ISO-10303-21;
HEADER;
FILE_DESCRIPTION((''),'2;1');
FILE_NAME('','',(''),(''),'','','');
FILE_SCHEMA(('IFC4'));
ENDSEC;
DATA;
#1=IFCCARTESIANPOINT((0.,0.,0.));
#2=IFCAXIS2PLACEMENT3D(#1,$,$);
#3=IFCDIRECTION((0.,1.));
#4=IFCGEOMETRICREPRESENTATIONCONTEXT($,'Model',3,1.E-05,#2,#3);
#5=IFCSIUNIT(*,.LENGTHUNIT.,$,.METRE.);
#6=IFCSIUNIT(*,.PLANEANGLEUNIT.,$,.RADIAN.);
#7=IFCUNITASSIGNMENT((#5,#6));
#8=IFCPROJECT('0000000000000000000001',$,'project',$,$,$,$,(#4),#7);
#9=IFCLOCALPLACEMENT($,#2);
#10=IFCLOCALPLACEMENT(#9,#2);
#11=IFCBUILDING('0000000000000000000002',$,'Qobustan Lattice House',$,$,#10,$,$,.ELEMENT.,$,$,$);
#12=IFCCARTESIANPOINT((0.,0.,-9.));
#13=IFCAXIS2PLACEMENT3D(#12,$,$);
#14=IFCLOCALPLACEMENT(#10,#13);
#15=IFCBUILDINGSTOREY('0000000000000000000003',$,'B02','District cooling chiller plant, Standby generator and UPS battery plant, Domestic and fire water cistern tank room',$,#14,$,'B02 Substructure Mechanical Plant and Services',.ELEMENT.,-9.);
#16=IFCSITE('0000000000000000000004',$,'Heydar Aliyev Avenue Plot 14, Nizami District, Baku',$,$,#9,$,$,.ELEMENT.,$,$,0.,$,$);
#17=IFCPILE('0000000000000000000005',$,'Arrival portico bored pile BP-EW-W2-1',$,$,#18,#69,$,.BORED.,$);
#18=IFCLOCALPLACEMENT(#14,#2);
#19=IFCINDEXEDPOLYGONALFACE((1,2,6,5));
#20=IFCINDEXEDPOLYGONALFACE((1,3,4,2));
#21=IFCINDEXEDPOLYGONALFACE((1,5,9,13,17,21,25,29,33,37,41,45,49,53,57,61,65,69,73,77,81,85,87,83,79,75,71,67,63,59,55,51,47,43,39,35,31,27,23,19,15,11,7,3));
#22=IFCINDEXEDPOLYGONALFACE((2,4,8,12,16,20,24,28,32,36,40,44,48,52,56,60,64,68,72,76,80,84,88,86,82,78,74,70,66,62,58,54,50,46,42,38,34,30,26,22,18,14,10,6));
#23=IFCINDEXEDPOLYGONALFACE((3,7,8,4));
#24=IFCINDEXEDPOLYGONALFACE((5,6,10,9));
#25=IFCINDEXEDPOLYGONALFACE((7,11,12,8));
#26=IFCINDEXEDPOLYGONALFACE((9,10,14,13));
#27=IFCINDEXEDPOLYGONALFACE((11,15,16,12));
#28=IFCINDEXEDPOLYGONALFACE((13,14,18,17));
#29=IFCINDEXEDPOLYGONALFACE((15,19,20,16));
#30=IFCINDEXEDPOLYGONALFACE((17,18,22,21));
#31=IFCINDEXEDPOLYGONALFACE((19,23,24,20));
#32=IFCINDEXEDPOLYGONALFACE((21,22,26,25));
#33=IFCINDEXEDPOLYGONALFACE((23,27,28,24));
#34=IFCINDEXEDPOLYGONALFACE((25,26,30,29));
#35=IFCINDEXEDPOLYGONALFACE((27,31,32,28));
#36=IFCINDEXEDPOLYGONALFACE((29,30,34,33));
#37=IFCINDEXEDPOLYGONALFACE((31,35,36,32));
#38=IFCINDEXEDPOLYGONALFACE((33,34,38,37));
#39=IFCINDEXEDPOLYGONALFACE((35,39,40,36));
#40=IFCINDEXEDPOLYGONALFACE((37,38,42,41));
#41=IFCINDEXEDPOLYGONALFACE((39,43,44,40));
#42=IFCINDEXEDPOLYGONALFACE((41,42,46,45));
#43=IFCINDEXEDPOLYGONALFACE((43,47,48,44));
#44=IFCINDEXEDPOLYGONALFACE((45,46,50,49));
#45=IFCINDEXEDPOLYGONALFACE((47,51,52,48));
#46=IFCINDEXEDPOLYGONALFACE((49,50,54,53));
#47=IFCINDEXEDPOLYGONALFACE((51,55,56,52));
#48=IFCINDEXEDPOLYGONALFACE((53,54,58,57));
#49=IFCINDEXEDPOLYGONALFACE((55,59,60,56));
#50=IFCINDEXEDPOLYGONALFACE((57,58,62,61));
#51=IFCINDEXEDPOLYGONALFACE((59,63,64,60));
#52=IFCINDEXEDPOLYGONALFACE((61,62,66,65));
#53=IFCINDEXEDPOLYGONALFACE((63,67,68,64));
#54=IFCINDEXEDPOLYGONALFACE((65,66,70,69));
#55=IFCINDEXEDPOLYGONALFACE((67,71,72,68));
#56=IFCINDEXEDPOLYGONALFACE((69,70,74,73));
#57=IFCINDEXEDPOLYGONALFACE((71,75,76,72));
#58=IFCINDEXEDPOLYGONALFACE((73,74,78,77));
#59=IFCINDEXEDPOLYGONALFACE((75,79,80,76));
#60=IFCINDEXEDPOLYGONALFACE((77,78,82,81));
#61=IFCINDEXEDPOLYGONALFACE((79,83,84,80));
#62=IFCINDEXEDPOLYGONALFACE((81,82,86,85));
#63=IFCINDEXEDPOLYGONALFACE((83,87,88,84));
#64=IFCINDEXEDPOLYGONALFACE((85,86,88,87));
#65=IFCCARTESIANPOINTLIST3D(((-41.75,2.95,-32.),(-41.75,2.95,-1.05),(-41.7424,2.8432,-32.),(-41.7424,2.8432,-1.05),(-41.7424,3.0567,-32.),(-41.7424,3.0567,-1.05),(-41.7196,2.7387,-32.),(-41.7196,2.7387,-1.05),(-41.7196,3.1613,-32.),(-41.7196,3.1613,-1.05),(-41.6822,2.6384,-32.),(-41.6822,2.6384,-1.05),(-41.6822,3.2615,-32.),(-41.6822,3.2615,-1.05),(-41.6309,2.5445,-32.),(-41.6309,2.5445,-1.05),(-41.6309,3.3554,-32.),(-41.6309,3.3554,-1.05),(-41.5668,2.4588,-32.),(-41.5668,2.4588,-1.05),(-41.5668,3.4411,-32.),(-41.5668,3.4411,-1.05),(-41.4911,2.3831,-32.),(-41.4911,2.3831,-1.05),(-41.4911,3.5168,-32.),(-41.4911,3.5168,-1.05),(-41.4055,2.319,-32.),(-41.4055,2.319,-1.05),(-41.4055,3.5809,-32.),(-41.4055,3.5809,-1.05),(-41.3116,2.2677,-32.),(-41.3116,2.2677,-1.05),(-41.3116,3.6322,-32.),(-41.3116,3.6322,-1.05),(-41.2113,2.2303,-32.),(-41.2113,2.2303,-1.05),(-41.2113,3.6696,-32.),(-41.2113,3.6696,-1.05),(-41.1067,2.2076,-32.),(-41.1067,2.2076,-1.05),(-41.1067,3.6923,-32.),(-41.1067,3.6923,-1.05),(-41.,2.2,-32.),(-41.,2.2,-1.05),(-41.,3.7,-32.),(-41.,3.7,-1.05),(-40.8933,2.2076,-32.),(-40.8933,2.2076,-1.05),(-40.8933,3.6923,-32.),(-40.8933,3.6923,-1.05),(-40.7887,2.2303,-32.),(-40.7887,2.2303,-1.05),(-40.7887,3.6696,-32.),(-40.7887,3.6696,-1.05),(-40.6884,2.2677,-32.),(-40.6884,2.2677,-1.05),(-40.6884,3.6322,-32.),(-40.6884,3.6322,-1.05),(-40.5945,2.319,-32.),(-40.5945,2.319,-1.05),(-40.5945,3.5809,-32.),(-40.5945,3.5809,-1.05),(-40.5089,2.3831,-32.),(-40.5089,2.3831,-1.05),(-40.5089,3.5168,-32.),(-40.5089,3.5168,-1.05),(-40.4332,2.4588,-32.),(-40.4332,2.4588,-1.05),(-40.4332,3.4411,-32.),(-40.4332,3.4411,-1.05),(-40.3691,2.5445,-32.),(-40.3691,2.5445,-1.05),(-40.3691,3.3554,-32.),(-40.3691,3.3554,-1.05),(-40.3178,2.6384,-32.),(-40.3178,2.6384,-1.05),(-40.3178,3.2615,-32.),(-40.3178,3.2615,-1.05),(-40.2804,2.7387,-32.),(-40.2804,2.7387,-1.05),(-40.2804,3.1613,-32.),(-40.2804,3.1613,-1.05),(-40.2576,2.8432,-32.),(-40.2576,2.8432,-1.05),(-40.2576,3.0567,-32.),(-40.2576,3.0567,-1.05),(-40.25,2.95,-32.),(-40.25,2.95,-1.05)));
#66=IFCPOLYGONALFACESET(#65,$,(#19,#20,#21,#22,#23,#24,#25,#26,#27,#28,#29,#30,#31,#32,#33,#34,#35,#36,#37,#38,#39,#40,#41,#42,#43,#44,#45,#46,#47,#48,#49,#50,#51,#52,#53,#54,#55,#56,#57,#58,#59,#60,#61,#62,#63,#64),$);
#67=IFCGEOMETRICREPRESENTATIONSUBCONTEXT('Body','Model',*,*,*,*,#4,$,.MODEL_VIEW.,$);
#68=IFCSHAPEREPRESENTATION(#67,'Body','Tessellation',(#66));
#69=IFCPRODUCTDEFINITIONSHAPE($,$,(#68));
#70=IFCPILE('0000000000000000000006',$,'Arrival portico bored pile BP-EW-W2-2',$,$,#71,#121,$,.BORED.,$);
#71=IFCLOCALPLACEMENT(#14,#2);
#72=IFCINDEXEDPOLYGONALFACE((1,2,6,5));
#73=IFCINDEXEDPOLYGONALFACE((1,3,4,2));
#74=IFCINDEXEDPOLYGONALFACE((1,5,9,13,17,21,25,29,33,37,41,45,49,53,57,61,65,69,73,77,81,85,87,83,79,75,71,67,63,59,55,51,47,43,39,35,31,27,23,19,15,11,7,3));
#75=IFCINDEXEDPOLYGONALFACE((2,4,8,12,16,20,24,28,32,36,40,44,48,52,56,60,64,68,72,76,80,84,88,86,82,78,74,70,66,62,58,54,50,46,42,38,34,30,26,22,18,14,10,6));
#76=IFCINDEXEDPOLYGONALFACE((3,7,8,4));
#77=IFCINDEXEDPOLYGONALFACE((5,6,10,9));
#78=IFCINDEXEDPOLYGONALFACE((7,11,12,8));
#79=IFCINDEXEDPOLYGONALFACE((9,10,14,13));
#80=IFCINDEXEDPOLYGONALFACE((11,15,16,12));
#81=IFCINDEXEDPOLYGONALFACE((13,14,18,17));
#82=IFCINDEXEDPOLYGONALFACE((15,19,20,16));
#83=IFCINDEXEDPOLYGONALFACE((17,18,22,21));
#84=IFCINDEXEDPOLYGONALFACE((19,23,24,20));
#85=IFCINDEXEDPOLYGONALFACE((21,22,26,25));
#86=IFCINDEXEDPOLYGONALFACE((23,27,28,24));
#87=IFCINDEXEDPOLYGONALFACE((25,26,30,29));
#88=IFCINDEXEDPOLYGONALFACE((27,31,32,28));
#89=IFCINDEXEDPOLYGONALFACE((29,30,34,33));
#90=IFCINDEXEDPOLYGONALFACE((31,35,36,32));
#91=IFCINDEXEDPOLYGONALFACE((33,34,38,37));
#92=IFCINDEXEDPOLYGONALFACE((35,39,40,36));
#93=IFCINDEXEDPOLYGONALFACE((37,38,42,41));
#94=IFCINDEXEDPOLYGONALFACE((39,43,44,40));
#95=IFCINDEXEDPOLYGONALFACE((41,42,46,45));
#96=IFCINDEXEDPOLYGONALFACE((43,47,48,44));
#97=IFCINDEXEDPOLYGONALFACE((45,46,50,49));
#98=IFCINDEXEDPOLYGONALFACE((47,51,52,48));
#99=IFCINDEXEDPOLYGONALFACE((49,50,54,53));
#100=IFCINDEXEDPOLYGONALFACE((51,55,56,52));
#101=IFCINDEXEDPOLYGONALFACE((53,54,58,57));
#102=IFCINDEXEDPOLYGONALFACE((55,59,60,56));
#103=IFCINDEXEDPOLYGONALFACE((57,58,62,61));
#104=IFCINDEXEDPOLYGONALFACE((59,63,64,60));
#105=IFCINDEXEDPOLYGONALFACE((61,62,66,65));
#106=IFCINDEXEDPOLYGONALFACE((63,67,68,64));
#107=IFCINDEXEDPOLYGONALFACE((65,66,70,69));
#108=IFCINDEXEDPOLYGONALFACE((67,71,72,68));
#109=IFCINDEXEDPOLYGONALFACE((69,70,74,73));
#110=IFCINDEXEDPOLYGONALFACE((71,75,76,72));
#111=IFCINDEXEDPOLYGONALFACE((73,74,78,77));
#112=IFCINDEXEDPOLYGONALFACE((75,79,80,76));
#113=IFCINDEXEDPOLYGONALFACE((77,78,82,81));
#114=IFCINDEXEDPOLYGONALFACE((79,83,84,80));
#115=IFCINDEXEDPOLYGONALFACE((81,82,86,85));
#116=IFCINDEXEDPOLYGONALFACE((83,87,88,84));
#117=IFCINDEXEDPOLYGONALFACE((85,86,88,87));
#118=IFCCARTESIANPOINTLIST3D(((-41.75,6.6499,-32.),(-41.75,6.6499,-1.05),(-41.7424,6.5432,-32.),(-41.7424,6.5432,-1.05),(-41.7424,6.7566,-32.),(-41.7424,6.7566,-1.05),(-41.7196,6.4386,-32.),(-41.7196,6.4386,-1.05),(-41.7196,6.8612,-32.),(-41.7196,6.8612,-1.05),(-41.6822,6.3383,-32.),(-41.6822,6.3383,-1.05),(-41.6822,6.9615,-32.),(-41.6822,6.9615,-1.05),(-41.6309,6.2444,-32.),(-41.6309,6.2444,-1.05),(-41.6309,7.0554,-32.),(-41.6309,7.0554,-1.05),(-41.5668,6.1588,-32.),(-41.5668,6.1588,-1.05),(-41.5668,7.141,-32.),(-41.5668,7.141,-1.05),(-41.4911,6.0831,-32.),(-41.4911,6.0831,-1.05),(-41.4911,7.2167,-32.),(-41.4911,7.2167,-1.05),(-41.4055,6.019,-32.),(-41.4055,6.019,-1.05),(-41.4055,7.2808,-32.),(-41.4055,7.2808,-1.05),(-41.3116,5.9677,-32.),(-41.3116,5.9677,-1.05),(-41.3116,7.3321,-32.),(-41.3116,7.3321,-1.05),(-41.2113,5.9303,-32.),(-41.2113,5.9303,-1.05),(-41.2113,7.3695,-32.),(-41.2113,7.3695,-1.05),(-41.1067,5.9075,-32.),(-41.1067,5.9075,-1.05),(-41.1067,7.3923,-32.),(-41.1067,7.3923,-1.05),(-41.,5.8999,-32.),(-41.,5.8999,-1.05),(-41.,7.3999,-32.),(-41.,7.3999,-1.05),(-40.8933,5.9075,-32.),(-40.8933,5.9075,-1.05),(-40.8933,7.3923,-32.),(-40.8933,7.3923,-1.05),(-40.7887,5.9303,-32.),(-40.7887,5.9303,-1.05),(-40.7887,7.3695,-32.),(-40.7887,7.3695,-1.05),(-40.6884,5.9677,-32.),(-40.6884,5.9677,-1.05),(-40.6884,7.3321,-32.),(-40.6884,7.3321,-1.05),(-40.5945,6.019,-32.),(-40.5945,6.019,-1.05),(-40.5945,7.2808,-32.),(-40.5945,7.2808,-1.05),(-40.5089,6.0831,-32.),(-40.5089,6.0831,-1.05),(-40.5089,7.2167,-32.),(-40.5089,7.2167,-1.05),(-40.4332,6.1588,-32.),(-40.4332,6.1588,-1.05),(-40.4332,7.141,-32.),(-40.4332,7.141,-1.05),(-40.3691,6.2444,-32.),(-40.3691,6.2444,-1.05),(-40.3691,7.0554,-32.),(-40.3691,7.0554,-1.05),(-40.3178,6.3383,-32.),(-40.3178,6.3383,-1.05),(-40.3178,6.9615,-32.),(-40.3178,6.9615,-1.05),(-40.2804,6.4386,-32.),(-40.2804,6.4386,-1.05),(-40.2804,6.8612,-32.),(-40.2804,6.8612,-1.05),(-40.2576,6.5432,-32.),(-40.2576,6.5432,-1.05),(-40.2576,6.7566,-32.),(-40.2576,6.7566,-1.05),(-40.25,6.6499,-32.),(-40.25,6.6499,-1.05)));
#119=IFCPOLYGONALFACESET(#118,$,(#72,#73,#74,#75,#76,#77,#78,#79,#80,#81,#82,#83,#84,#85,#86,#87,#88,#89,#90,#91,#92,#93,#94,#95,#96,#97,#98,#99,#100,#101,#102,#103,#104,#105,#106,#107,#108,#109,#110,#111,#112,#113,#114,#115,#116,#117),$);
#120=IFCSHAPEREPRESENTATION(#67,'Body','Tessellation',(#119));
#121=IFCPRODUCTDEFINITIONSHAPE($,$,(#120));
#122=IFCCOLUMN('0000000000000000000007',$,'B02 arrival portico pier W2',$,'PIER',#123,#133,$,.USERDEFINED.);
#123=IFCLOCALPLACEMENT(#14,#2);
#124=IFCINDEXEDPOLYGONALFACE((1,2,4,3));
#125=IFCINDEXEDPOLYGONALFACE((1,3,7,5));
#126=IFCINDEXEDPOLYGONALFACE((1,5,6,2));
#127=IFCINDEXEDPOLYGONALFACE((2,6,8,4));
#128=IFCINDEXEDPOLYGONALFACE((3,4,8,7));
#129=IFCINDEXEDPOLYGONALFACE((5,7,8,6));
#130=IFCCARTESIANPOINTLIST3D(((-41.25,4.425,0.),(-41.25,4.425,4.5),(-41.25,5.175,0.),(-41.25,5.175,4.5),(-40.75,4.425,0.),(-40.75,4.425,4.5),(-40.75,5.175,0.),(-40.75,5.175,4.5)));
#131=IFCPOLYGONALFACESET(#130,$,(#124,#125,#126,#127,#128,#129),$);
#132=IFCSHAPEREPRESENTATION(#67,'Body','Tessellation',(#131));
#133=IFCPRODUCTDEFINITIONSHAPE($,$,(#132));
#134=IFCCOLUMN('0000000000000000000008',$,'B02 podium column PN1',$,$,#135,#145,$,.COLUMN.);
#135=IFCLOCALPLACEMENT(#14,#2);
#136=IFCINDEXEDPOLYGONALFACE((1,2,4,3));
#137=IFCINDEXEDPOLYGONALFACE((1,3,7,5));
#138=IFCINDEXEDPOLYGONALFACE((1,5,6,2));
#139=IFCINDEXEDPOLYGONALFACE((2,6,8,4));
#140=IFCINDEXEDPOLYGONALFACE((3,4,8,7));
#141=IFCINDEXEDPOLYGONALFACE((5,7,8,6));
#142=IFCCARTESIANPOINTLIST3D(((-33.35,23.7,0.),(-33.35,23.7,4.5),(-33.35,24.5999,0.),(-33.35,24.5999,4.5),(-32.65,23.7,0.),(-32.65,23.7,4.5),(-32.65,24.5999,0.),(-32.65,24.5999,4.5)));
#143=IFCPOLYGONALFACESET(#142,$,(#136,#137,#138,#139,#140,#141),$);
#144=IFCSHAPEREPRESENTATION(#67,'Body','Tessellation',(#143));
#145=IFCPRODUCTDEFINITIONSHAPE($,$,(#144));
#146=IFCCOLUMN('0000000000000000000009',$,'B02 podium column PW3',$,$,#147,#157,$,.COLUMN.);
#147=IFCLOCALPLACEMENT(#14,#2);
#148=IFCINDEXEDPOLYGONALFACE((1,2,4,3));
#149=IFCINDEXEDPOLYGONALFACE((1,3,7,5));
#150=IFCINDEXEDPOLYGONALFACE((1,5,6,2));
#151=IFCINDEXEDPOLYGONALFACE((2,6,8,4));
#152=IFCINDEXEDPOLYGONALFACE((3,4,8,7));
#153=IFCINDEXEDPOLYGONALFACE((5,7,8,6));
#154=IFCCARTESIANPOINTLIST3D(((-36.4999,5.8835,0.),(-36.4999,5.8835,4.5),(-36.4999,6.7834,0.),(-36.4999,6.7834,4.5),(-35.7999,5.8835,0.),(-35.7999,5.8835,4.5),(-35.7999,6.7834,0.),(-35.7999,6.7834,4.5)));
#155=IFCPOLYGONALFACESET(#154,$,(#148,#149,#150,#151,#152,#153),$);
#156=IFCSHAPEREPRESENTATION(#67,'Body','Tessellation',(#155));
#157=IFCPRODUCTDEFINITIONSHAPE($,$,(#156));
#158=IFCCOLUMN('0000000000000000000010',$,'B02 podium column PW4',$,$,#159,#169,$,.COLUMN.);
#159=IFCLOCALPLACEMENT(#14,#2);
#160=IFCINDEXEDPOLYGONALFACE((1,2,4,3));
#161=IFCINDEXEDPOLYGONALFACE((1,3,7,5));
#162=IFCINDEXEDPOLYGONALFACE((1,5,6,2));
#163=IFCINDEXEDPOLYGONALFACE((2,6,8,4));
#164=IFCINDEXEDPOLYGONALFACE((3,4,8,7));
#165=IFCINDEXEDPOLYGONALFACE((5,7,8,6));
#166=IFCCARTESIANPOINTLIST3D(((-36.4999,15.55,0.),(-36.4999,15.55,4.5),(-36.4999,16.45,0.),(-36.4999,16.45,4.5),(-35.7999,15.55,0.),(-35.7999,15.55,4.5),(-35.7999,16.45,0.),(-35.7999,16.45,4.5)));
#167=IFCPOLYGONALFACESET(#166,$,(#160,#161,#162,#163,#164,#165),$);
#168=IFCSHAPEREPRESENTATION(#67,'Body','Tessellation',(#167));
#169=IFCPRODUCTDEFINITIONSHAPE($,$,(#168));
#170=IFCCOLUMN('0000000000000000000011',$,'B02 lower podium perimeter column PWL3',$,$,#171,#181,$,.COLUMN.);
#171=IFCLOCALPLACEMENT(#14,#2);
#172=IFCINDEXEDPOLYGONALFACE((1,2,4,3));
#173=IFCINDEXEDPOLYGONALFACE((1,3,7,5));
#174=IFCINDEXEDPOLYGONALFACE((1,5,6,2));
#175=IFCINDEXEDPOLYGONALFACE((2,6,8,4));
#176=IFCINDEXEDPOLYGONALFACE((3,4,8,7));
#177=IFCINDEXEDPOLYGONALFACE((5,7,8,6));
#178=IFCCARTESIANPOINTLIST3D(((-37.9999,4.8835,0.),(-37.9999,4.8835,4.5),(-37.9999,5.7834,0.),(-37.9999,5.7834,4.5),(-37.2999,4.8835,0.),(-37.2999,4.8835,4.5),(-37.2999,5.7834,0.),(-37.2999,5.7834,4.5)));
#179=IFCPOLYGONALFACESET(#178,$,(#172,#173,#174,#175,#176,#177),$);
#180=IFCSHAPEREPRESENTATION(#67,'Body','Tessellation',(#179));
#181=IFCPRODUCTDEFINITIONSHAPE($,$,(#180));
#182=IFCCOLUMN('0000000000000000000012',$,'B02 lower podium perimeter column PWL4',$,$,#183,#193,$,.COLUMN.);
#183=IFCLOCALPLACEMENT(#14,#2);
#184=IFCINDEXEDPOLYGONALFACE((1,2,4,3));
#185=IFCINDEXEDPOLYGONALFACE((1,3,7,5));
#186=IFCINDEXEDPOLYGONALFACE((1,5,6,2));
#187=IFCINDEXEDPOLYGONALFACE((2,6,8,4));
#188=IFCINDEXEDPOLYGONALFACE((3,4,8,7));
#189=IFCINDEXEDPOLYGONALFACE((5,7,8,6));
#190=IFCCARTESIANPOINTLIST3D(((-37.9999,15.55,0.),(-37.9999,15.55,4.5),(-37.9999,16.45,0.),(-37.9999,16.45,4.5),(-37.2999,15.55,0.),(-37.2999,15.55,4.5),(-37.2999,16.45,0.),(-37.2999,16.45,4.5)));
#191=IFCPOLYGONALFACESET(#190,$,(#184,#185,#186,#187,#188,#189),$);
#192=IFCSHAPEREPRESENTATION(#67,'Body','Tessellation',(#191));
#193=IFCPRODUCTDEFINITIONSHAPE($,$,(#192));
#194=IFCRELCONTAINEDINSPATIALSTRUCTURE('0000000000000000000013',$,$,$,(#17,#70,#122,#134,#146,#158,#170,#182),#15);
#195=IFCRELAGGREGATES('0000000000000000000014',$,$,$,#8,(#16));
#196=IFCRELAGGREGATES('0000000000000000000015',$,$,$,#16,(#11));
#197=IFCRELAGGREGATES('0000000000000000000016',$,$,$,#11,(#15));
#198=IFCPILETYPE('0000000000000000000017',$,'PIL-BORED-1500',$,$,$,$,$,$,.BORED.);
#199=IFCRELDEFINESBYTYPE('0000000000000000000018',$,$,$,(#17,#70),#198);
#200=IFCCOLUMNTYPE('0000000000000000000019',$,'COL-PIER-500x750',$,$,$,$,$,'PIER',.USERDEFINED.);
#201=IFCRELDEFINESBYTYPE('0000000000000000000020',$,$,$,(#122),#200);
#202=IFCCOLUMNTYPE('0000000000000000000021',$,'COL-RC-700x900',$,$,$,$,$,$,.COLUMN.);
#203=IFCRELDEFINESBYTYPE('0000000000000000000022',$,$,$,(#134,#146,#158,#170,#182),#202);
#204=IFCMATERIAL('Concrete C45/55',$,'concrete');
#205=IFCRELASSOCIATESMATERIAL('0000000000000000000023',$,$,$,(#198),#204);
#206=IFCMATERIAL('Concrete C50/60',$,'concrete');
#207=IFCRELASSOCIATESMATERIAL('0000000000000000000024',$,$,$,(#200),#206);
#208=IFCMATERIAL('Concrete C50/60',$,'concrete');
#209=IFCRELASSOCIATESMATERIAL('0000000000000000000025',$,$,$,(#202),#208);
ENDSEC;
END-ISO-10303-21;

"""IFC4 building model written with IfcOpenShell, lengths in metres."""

from ifc_helpers import new_model, si_unit, direction, frame, origin, origin_2d, place, context, subcontext, project, spatial, rectangle, circle, extrude, material, material_profile, profile_set, type_object, element, save


model = new_model("IFC4")

# Units and contexts
model_context = context("Model", 3, precision=1e-05, world=origin(), true_north=direction((0.0, 1.0)))
body_context = subcontext(model_context, "Body", "Model", "MODEL_VIEW")
ifc_project = project(units=[si_unit("LENGTHUNIT", "METRE"), si_unit("PLANEANGLEUNIT", "RADIAN")], contexts=[model_context])

# Site, building, storey
site_placement = place(None, origin())
site = spatial("IfcSite", under=ifc_project, at=site_placement, Name="Heydar Aliyev Avenue Plot 14, Nizami District, Baku", CompositionType="ELEMENT", RefElevation=0.0)
building_placement = place(site_placement, origin())
building = spatial("IfcBuilding", under=site, at=building_placement, Name="Qobustan Lattice House", CompositionType="ELEMENT")
storey_placement = place(building_placement, frame((0.0, 0.0, -9.0)))
storey = spatial("IfcBuildingStorey", under=building, at=storey_placement, Name="B02", Description="District cooling chiller plant, Standby generator and UPS battery plant, Domestic and fire water cistern tank room", LongName="B02 Substructure Mechanical Plant and Services", CompositionType="ELEMENT", Elevation=-9.0)

# Piles
ifc_material_1 = material(Name="Concrete C45/55", Category="concrete")
ifc_material_profile_1 = material_profile(ifc_material_1, circle(Radius=0.75, at=origin_2d()), Name="PILE-D1500")
ifc_profile_set_1 = profile_set([ifc_material_profile_1], Name="Concrete C45/55")
pile_type = type_object("IfcPileType", Name="PIL-BORED-1500", PredefinedType="BORED", material=ifc_profile_set_1)
for number, where, z_axis, x_axis, name in (
    (1, (-41.0, 2.95, -1.05), (0.0, 0.0, -1.0), (1.0, 0.0, 0.0), "Arrival portico bored pile BP-EW-W2-1"),
    (2, (-41.0, 6.6499, -1.05), (0.0, 0.0, -1.0), (1.0, 0.0, 0.0), "Arrival portico bored pile BP-EW-W2-2"),
):
    element("IfcPile", number, at=place(storey_placement, frame(where, z_axis=z_axis, x_axis=x_axis)), inside=storey, type_object=pile_type, Name=name, PredefinedType="BORED", context=body_context, shape_type="SweptSolid", body=[
        extrude(circle(Radius=0.75, at=origin_2d()), origin(), (0.0, 0.0, 1.0), 30.95),
    ])

# Columns
ifc_material_2 = material(Name="Concrete C50/60", Category="concrete")
ifc_material_profile_2 = material_profile(ifc_material_2, rectangle(XDim=0.5, YDim=0.75, at=origin_2d()), Name="RC500x750")
ifc_profile_set_2 = profile_set([ifc_material_profile_2], Name="Concrete C50/60")
column_type_1 = type_object("IfcColumnType", Name="COL-PIER-500x750", ElementType="PIER", PredefinedType="USERDEFINED", material=ifc_profile_set_2)
column_1_placement = place(storey_placement, frame((-41.0, 4.8, 0.0), z_axis=(0.0, 0.0, 1.0), x_axis=(1.0, 0.0, 0.0)))
element("IfcColumn", 3, at=column_1_placement, inside=storey, type_object=column_type_1, Name="B02 arrival portico pier W2", ObjectType="PIER", PredefinedType="USERDEFINED", context=body_context, shape_type="SweptSolid", body=[
    extrude(rectangle(XDim=0.5, YDim=0.75, at=origin_2d()), origin(), (0.0, 0.0, 1.0), 4.5),
])
ifc_material_3 = material(Name="Concrete C50/60", Category="concrete")
ifc_material_profile_3 = material_profile(ifc_material_3, rectangle(XDim=0.7, YDim=0.8999, at=origin_2d()), Name="RC700x900")
ifc_profile_set_3 = profile_set([ifc_material_profile_3], Name="Concrete C50/60")
column_type_2 = type_object("IfcColumnType", Name="COL-RC-700x900", PredefinedType="COLUMN", material=ifc_profile_set_3)
for number, where, z_axis, x_axis, name in (
    (4, (-33.0, 24.1499, 0.0), (0.0, 0.0, 1.0), (1.0, 0.0, 0.0), "B02 podium column PN1"),
    (5, (-36.1499, 6.3335, 0.0), (0.0, 0.0, 1.0), (1.0, 0.0, 0.0), "B02 podium column PW3"),
    (6, (-36.1499, 16.0, 0.0), (0.0, 0.0, 1.0), (1.0, 0.0, 0.0), "B02 podium column PW4"),
    (7, (-37.6499, 5.3335, 0.0), (0.0, 0.0, 1.0), (1.0, 0.0, 0.0), "B02 lower podium perimeter column PWL3"),
    (8, (-37.6499, 16.0, 0.0), (0.0, 0.0, 1.0), (1.0, 0.0, 0.0), "B02 lower podium perimeter column PWL4"),
):
    element("IfcColumn", number, at=place(storey_placement, frame(where, z_axis=z_axis, x_axis=x_axis)), inside=storey, type_object=column_type_2, Name=name, PredefinedType="COLUMN", context=body_context, shape_type="SweptSolid", body=[
        extrude(rectangle(XDim=0.7, YDim=0.8999, at=origin_2d()), origin(), (0.0, 0.0, 1.0), 4.5),
    ])

save(model, "model.ifc")
